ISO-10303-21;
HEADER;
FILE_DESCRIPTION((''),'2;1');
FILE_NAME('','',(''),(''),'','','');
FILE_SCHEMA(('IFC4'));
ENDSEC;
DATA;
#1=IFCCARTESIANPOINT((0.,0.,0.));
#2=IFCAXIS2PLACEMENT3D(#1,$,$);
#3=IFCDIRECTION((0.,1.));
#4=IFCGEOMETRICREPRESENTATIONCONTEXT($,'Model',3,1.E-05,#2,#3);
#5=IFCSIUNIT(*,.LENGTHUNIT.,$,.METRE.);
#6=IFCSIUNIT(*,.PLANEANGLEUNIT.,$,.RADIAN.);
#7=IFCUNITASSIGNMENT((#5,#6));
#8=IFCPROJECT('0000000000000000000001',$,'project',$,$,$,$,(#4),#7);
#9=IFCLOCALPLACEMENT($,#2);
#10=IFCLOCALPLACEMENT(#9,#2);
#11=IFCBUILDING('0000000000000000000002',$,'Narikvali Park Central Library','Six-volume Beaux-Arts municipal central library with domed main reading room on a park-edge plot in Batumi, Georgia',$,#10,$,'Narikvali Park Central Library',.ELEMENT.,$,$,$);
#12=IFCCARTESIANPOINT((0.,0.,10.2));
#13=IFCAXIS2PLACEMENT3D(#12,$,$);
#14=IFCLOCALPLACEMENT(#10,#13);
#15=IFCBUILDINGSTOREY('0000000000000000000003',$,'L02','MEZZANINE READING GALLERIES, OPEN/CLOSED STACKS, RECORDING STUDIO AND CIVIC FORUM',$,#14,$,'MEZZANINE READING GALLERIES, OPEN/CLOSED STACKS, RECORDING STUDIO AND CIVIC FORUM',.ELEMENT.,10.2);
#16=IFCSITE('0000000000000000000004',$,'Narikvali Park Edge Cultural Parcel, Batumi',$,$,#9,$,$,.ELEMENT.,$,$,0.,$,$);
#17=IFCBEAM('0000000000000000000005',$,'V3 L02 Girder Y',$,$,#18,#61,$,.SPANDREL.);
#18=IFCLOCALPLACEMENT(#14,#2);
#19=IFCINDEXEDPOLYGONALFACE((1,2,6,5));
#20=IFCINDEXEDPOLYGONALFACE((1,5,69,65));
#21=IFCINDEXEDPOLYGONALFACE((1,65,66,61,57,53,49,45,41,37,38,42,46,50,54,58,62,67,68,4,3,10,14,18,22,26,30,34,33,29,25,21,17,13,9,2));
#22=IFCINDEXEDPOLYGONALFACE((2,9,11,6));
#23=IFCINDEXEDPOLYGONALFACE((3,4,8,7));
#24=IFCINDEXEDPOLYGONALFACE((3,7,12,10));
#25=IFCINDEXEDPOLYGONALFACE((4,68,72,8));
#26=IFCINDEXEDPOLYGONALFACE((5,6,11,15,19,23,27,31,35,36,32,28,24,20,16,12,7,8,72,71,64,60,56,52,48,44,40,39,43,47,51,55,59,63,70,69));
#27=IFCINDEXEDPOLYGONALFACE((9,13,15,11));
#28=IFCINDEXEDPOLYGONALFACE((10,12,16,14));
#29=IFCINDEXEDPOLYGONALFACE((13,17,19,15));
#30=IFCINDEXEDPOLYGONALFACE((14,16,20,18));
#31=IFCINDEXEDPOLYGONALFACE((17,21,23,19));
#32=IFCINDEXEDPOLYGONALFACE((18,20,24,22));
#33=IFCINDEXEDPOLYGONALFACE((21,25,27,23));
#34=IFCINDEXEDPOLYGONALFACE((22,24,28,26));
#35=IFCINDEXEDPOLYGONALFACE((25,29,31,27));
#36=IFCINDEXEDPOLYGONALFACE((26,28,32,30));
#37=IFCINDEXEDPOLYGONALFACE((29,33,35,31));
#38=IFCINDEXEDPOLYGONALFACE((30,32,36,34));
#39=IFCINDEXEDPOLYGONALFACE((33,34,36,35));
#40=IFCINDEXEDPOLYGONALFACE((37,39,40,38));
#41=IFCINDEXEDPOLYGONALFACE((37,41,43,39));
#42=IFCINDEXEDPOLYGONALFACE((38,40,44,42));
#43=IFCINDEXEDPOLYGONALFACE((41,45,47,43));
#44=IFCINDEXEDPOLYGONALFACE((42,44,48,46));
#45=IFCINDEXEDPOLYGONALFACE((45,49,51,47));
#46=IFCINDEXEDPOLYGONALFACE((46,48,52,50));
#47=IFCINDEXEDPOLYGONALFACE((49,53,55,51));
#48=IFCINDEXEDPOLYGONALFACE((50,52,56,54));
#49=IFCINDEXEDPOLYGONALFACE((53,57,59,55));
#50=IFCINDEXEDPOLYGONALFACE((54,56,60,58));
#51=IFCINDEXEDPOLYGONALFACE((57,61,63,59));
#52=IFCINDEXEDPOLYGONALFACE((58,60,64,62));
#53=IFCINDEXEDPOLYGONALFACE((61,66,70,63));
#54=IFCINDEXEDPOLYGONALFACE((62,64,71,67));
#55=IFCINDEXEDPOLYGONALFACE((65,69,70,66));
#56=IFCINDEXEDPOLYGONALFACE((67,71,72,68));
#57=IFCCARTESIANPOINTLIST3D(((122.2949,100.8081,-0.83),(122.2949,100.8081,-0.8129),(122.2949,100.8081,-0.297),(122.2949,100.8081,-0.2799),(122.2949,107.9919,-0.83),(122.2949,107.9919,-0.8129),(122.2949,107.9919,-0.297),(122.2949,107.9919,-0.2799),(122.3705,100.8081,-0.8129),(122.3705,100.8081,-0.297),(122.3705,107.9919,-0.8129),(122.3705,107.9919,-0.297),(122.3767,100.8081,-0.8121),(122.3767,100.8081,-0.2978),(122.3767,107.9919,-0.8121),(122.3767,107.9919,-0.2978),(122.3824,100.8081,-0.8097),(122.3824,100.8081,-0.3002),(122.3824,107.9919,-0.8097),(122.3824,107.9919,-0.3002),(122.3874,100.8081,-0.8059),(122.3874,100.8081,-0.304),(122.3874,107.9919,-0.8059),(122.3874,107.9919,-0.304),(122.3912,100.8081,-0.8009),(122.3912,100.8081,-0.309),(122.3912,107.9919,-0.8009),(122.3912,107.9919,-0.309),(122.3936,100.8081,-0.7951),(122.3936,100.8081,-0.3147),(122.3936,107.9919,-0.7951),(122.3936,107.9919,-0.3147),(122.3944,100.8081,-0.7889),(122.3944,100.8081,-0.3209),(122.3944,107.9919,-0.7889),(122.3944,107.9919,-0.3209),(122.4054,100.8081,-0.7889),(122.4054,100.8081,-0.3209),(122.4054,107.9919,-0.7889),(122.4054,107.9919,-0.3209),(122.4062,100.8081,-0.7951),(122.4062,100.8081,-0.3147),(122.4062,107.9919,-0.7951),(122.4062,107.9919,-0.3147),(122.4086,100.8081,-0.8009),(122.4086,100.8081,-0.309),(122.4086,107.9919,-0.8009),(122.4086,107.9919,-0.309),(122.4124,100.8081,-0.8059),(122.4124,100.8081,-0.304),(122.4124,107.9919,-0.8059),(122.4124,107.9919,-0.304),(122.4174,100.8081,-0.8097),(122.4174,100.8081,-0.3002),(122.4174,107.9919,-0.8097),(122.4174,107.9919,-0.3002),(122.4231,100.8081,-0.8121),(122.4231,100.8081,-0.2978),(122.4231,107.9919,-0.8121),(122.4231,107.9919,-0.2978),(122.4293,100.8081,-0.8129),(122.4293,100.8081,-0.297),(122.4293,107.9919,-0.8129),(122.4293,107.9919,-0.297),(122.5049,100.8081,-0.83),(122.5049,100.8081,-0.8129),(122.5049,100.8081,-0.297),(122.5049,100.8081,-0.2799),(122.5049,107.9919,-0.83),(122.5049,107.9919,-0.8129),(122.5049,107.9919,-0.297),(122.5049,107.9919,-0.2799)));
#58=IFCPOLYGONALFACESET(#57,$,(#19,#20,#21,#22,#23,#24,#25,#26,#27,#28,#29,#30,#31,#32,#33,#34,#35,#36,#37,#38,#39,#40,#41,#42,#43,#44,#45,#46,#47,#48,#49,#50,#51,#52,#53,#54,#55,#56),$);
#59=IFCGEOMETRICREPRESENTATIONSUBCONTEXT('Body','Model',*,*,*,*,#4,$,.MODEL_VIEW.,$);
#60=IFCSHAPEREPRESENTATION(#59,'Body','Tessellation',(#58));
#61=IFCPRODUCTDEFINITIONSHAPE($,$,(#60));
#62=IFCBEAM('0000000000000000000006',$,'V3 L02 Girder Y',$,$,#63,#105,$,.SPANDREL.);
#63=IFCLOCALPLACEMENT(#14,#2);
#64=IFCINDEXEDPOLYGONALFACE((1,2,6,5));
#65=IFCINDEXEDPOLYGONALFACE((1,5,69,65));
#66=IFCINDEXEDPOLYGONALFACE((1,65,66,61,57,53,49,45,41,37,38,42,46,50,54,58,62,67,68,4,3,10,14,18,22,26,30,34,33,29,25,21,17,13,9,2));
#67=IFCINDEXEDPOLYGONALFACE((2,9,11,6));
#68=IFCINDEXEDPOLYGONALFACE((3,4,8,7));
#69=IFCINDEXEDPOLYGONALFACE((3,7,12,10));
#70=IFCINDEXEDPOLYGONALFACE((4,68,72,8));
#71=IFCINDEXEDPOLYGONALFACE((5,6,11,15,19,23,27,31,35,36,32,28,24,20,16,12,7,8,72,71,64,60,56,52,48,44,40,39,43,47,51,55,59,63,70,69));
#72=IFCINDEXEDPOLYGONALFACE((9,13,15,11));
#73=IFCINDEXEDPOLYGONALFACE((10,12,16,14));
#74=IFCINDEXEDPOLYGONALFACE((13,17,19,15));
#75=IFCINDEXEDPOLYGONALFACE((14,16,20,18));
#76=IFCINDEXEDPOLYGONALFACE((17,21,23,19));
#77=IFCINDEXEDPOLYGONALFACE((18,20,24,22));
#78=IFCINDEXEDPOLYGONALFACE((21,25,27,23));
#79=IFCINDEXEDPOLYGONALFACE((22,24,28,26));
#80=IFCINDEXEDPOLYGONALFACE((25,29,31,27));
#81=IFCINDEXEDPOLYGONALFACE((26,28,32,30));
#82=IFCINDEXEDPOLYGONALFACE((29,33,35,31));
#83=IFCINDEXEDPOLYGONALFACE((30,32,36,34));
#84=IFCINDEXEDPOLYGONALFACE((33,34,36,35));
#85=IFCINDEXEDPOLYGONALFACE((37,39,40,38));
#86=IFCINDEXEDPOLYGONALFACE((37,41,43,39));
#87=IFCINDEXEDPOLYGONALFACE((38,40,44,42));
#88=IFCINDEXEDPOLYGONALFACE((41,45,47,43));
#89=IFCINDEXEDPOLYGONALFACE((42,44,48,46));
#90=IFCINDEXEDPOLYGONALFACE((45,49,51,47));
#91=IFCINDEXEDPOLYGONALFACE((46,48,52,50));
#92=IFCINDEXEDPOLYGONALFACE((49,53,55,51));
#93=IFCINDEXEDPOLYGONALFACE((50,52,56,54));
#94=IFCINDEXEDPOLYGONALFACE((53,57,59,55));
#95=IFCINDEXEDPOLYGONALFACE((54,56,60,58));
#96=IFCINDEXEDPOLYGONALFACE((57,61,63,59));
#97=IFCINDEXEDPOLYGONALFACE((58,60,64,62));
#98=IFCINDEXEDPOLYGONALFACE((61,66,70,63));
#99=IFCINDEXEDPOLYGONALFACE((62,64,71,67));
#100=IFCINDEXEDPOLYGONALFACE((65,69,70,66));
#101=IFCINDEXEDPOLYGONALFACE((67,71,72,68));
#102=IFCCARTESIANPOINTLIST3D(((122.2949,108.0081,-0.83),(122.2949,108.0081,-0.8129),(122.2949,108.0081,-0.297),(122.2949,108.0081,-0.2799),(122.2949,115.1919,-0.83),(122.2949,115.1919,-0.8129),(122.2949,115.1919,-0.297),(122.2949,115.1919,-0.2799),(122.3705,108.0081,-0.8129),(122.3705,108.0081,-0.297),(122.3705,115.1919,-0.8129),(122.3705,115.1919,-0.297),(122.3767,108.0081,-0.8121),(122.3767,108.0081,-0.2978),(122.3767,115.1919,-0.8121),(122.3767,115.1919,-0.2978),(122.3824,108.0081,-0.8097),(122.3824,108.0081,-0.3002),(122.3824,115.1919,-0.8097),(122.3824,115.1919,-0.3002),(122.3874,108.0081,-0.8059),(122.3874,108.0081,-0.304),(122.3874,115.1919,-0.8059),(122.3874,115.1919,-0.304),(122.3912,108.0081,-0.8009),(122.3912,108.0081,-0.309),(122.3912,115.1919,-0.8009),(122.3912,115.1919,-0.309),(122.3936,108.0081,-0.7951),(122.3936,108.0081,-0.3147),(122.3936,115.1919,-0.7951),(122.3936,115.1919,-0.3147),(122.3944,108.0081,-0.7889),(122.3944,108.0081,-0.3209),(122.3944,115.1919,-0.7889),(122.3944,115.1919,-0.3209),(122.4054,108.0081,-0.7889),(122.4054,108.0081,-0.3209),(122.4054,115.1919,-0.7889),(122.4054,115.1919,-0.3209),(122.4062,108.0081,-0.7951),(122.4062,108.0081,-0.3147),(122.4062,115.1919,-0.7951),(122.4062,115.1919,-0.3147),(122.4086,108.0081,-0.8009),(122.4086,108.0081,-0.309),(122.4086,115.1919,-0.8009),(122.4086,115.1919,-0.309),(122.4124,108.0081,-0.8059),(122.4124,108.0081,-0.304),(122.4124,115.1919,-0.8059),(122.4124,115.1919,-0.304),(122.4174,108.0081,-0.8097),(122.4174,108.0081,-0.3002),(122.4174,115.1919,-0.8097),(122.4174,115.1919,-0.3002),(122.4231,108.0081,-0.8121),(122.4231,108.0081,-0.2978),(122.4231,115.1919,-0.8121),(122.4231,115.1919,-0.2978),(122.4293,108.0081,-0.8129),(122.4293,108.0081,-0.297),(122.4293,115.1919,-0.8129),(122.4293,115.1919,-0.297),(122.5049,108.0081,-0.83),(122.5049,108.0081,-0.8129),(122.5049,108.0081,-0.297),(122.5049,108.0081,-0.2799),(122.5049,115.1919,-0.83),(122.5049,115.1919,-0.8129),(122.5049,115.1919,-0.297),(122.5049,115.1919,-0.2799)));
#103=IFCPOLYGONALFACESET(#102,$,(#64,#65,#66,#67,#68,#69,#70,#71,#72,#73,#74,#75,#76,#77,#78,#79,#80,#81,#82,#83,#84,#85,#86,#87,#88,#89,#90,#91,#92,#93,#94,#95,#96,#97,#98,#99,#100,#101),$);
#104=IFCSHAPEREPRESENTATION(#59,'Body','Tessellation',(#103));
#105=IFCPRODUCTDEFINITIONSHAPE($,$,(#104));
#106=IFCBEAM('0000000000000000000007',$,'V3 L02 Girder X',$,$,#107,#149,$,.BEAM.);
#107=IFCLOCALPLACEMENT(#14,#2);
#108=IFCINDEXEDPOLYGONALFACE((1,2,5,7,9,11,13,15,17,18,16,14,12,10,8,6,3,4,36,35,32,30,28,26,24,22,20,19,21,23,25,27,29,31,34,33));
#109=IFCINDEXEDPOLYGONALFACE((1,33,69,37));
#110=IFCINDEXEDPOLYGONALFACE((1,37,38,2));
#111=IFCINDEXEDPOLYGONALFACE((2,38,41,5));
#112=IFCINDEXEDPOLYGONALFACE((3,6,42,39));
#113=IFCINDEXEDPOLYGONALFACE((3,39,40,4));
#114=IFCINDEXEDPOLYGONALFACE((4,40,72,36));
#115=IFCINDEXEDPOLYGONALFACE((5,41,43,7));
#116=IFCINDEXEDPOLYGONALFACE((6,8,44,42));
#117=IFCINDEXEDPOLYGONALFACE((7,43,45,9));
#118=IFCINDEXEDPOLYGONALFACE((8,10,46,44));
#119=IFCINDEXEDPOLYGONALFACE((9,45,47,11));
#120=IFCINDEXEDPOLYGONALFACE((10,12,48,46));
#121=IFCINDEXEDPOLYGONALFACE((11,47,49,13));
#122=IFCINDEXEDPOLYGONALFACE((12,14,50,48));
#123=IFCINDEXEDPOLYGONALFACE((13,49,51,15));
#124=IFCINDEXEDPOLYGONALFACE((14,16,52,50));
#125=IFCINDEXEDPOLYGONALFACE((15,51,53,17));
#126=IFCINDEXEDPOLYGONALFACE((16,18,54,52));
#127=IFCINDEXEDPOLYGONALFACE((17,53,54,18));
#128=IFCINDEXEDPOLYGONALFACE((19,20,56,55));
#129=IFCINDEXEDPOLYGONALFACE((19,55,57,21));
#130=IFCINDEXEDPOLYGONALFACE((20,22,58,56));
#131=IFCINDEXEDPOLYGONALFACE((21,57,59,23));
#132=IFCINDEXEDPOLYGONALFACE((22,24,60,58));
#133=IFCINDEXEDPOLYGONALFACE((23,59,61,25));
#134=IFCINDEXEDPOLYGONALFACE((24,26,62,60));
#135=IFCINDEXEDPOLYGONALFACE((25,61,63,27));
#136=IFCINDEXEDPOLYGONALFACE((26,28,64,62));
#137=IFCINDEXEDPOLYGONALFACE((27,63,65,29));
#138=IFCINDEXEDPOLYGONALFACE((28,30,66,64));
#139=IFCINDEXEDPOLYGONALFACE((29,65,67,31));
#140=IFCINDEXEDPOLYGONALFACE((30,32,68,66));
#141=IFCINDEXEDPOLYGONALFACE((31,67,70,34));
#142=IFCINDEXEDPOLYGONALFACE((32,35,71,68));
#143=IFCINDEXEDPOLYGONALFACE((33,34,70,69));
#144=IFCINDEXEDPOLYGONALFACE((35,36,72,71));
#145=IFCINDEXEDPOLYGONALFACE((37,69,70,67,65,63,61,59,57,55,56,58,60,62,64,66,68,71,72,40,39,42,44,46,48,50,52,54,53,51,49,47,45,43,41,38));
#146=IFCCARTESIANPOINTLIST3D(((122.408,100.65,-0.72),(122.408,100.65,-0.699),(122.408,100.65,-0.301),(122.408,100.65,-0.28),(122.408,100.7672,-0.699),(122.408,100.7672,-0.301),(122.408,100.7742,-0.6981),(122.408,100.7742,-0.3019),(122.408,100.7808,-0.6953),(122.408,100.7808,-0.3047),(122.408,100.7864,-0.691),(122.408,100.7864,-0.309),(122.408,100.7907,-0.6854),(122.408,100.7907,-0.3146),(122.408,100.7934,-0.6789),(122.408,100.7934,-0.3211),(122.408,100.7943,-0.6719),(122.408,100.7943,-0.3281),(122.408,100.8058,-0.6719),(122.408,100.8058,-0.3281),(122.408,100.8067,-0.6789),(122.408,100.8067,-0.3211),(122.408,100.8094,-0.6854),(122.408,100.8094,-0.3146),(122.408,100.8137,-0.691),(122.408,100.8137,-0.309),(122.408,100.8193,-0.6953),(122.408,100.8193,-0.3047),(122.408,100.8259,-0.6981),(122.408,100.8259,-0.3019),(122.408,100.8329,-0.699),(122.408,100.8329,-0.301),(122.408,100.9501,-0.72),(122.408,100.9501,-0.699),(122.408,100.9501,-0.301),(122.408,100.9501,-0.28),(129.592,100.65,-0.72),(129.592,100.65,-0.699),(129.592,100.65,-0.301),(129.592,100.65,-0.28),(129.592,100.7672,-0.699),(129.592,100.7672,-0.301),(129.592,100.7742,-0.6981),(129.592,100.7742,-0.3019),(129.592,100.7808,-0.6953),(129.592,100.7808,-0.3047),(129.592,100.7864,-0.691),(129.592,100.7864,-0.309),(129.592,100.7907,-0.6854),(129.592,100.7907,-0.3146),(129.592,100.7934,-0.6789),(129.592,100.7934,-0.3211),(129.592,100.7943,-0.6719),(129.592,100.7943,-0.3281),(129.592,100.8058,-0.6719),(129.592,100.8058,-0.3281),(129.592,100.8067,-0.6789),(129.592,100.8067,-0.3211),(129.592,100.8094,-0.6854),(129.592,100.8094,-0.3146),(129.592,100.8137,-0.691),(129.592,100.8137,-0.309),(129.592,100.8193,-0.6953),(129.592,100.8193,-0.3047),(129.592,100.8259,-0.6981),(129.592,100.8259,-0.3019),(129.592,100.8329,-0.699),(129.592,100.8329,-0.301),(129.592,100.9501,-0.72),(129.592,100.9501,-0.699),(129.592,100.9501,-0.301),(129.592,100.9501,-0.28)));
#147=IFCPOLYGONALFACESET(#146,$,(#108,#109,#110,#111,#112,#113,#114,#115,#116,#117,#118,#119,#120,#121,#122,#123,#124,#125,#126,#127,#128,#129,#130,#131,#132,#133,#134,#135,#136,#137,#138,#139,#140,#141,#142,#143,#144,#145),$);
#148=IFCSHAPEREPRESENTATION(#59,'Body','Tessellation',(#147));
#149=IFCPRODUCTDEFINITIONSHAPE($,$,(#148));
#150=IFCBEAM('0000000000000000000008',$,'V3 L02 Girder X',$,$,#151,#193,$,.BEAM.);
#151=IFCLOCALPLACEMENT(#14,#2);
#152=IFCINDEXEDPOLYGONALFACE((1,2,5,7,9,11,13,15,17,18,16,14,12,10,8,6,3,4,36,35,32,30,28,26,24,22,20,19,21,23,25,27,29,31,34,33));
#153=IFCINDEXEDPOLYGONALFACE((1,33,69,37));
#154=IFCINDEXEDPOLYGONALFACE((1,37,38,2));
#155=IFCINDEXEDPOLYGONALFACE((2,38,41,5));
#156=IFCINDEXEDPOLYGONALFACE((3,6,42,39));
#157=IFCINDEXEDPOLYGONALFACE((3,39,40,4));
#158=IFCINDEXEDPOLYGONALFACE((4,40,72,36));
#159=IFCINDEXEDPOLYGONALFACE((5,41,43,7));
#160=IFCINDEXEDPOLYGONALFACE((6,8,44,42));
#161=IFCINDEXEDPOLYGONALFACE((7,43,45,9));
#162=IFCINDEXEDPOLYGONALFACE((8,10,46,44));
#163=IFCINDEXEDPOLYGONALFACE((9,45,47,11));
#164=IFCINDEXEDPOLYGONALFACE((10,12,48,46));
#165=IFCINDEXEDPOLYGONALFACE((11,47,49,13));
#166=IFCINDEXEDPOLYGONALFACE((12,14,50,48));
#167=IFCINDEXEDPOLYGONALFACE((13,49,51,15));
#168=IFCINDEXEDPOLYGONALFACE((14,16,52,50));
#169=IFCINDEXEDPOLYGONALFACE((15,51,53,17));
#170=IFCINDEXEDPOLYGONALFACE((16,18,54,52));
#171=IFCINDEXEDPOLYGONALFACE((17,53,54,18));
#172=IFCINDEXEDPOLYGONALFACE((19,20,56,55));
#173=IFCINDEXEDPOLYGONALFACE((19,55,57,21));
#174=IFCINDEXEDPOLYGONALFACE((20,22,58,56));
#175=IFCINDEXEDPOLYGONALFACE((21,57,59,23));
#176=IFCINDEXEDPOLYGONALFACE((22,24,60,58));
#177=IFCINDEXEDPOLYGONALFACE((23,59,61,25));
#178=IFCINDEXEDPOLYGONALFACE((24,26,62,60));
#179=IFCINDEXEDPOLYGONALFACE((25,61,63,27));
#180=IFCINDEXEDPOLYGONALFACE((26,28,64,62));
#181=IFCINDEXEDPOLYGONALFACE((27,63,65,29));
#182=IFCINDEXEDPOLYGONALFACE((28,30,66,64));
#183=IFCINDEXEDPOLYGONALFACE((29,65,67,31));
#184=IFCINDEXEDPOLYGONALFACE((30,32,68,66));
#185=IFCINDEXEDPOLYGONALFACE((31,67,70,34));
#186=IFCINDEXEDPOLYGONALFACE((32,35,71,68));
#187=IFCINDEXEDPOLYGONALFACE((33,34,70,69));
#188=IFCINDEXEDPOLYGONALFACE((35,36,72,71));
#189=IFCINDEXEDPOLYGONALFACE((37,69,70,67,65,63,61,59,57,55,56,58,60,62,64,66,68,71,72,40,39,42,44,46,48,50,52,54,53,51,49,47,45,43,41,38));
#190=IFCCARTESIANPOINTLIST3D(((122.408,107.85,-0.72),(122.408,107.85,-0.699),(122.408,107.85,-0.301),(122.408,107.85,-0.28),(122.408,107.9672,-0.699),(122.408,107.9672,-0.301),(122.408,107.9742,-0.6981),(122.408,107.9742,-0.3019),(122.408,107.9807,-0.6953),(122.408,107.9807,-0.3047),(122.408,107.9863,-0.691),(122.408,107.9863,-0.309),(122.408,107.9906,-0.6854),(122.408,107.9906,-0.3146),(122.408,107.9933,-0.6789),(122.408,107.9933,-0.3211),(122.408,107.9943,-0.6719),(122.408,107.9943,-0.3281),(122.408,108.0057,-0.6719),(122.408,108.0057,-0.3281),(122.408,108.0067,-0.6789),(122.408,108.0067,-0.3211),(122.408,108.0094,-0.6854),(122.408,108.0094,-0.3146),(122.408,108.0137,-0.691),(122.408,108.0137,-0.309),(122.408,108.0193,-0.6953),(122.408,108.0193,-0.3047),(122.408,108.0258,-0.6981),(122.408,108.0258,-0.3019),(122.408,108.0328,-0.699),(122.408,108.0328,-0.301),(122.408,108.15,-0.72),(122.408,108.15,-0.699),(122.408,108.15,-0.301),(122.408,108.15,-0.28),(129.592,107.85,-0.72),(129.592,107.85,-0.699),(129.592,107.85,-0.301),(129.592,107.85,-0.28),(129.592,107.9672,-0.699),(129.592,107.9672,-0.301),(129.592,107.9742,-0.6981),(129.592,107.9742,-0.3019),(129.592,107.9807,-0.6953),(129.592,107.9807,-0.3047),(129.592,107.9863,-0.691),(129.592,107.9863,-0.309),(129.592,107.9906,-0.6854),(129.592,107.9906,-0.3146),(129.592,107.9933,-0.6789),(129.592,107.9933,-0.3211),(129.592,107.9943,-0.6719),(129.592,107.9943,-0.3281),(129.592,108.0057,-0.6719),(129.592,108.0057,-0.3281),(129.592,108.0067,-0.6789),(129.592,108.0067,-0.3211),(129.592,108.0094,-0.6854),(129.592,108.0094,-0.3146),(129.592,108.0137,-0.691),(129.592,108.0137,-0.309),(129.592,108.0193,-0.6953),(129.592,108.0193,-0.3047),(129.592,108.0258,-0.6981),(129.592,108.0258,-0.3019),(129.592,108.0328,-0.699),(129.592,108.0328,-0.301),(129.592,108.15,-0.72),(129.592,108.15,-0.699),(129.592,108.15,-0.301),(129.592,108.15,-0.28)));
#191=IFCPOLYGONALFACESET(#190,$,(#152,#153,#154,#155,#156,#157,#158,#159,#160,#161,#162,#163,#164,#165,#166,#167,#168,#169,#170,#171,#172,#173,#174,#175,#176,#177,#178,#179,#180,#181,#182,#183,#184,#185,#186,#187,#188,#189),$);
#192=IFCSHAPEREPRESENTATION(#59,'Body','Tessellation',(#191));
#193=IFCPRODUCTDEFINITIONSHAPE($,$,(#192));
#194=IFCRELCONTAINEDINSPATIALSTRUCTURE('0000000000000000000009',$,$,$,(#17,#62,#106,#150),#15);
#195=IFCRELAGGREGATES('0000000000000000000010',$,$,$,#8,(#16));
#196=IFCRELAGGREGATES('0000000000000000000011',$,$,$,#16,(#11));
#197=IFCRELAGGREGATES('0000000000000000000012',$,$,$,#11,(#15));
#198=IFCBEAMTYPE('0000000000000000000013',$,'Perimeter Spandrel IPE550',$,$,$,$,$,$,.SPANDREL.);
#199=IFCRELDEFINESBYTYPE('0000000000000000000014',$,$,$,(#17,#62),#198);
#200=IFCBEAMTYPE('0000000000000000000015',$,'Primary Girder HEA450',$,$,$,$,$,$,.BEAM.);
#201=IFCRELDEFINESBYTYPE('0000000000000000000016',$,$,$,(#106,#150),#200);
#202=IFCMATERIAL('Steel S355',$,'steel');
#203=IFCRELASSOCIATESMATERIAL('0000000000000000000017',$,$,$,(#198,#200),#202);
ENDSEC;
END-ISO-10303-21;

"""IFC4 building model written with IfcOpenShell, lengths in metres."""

from ifc_helpers import new_model, si_unit, direction, frame, origin, origin_2d, place, context, subcontext, project, spatial, i_section, extrude, material, material_profile, profile_set, type_object, element, save


model = new_model("IFC4")

# Units and contexts
model_context = context("Model", 3, precision=1e-05, world=origin(), true_north=direction((0.0, 1.0)))
body_context = subcontext(model_context, "Body", "Model", "MODEL_VIEW")
ifc_project = project(units=[si_unit("LENGTHUNIT", "METRE"), si_unit("PLANEANGLEUNIT", "RADIAN")], contexts=[model_context])

# Site, building, storey
site_placement = place(None, origin())
site = spatial("IfcSite", under=ifc_project, at=site_placement, Name="Narikvali Park Edge Cultural Parcel, Batumi", CompositionType="ELEMENT", RefElevation=0.0)
building_placement = place(site_placement, origin())
building = spatial("IfcBuilding", under=site, at=building_placement, Name="Narikvali Park Central Library", Description="Six-volume Beaux-Arts municipal central library with domed main reading room on a park-edge plot in Batumi, Georgia", LongName="Narikvali Park Central Library", CompositionType="ELEMENT")
storey_placement = place(building_placement, frame((0.0, 0.0, 10.2)))
storey = spatial("IfcBuildingStorey", under=building, at=storey_placement, Name="L02", Description="MEZZANINE READING GALLERIES, OPEN/CLOSED STACKS, RECORDING STUDIO AND CIVIC FORUM", LongName="MEZZANINE READING GALLERIES, OPEN/CLOSED STACKS, RECORDING STUDIO AND CIVIC FORUM", CompositionType="ELEMENT", Elevation=10.2)

# Shared definitions
ifc_material_1 = material(Name="Steel S355", Category="steel")

# Beams
ifc_material_profile_1 = material_profile(ifc_material_1, i_section(OverallWidth=0.21, OverallDepth=0.55, WebThickness=0.011, FlangeThickness=0.0171, FilletRadius=0.0239, at=origin_2d()), Name="IPE 550")
ifc_profile_set_1 = profile_set([ifc_material_profile_1], Name="Steel S355")
beam_type_1 = type_object("IfcBeamType", Name="Perimeter Spandrel IPE550", PredefinedType="SPANDREL", material=ifc_profile_set_1)
for number, where, z_axis, x_axis, name in (
    (1, (122.3999, 100.8081, -0.5549), (0.0, 1.0, 0.0), (-1.0, 0.0, 0.0), "V3 L02 Girder Y"),
    (2, (122.3999, 108.0081, -0.5549), (0.0, 1.0, 0.0), (-1.0, 0.0, 0.0), "V3 L02 Girder Y"),
):
    element("IfcBeam", number, at=place(storey_placement, frame(where, z_axis=z_axis, x_axis=x_axis)), inside=storey, type_object=beam_type_1, Name=name, PredefinedType="SPANDREL", context=body_context, shape_type="SweptSolid", body=[
        extrude(i_section(OverallWidth=0.21, OverallDepth=0.55, WebThickness=0.011, FlangeThickness=0.0171, FilletRadius=0.0239, at=origin_2d()), origin(), (0.0, 0.0, 1.0), 7.1838),
    ])
ifc_material_profile_2 = material_profile(ifc_material_1, i_section(OverallWidth=0.3, OverallDepth=0.4399, WebThickness=0.0115, FlangeThickness=0.021, FilletRadius=0.0271, at=origin_2d()), Name="HEA 450")
ifc_profile_set_2 = profile_set([ifc_material_profile_2], Name="Steel S355")
beam_type_2 = type_object("IfcBeamType", Name="Primary Girder HEA450", PredefinedType="BEAM", material=ifc_profile_set_2)
for number, where, z_axis, x_axis, name in (
    (3, (122.408, 100.8, -0.5), (1.0, 0.0, 0.0), (0.0, 1.0, 0.0), "V3 L02 Girder X"),
    (4, (122.408, 108.0, -0.5), (1.0, 0.0, 0.0), (0.0, 1.0, 0.0), "V3 L02 Girder X"),
):
    element("IfcBeam", number, at=place(storey_placement, frame(where, z_axis=z_axis, x_axis=x_axis)), inside=storey, type_object=beam_type_2, Name=name, PredefinedType="BEAM", context=body_context, shape_type="SweptSolid", body=[
        extrude(i_section(OverallWidth=0.3, OverallDepth=0.4399, WebThickness=0.0115, FlangeThickness=0.021, FilletRadius=0.0271, at=origin_2d()), origin(), (0.0, 0.0, 1.0), 7.1841),
    ])

save(model, "model.ifc")
